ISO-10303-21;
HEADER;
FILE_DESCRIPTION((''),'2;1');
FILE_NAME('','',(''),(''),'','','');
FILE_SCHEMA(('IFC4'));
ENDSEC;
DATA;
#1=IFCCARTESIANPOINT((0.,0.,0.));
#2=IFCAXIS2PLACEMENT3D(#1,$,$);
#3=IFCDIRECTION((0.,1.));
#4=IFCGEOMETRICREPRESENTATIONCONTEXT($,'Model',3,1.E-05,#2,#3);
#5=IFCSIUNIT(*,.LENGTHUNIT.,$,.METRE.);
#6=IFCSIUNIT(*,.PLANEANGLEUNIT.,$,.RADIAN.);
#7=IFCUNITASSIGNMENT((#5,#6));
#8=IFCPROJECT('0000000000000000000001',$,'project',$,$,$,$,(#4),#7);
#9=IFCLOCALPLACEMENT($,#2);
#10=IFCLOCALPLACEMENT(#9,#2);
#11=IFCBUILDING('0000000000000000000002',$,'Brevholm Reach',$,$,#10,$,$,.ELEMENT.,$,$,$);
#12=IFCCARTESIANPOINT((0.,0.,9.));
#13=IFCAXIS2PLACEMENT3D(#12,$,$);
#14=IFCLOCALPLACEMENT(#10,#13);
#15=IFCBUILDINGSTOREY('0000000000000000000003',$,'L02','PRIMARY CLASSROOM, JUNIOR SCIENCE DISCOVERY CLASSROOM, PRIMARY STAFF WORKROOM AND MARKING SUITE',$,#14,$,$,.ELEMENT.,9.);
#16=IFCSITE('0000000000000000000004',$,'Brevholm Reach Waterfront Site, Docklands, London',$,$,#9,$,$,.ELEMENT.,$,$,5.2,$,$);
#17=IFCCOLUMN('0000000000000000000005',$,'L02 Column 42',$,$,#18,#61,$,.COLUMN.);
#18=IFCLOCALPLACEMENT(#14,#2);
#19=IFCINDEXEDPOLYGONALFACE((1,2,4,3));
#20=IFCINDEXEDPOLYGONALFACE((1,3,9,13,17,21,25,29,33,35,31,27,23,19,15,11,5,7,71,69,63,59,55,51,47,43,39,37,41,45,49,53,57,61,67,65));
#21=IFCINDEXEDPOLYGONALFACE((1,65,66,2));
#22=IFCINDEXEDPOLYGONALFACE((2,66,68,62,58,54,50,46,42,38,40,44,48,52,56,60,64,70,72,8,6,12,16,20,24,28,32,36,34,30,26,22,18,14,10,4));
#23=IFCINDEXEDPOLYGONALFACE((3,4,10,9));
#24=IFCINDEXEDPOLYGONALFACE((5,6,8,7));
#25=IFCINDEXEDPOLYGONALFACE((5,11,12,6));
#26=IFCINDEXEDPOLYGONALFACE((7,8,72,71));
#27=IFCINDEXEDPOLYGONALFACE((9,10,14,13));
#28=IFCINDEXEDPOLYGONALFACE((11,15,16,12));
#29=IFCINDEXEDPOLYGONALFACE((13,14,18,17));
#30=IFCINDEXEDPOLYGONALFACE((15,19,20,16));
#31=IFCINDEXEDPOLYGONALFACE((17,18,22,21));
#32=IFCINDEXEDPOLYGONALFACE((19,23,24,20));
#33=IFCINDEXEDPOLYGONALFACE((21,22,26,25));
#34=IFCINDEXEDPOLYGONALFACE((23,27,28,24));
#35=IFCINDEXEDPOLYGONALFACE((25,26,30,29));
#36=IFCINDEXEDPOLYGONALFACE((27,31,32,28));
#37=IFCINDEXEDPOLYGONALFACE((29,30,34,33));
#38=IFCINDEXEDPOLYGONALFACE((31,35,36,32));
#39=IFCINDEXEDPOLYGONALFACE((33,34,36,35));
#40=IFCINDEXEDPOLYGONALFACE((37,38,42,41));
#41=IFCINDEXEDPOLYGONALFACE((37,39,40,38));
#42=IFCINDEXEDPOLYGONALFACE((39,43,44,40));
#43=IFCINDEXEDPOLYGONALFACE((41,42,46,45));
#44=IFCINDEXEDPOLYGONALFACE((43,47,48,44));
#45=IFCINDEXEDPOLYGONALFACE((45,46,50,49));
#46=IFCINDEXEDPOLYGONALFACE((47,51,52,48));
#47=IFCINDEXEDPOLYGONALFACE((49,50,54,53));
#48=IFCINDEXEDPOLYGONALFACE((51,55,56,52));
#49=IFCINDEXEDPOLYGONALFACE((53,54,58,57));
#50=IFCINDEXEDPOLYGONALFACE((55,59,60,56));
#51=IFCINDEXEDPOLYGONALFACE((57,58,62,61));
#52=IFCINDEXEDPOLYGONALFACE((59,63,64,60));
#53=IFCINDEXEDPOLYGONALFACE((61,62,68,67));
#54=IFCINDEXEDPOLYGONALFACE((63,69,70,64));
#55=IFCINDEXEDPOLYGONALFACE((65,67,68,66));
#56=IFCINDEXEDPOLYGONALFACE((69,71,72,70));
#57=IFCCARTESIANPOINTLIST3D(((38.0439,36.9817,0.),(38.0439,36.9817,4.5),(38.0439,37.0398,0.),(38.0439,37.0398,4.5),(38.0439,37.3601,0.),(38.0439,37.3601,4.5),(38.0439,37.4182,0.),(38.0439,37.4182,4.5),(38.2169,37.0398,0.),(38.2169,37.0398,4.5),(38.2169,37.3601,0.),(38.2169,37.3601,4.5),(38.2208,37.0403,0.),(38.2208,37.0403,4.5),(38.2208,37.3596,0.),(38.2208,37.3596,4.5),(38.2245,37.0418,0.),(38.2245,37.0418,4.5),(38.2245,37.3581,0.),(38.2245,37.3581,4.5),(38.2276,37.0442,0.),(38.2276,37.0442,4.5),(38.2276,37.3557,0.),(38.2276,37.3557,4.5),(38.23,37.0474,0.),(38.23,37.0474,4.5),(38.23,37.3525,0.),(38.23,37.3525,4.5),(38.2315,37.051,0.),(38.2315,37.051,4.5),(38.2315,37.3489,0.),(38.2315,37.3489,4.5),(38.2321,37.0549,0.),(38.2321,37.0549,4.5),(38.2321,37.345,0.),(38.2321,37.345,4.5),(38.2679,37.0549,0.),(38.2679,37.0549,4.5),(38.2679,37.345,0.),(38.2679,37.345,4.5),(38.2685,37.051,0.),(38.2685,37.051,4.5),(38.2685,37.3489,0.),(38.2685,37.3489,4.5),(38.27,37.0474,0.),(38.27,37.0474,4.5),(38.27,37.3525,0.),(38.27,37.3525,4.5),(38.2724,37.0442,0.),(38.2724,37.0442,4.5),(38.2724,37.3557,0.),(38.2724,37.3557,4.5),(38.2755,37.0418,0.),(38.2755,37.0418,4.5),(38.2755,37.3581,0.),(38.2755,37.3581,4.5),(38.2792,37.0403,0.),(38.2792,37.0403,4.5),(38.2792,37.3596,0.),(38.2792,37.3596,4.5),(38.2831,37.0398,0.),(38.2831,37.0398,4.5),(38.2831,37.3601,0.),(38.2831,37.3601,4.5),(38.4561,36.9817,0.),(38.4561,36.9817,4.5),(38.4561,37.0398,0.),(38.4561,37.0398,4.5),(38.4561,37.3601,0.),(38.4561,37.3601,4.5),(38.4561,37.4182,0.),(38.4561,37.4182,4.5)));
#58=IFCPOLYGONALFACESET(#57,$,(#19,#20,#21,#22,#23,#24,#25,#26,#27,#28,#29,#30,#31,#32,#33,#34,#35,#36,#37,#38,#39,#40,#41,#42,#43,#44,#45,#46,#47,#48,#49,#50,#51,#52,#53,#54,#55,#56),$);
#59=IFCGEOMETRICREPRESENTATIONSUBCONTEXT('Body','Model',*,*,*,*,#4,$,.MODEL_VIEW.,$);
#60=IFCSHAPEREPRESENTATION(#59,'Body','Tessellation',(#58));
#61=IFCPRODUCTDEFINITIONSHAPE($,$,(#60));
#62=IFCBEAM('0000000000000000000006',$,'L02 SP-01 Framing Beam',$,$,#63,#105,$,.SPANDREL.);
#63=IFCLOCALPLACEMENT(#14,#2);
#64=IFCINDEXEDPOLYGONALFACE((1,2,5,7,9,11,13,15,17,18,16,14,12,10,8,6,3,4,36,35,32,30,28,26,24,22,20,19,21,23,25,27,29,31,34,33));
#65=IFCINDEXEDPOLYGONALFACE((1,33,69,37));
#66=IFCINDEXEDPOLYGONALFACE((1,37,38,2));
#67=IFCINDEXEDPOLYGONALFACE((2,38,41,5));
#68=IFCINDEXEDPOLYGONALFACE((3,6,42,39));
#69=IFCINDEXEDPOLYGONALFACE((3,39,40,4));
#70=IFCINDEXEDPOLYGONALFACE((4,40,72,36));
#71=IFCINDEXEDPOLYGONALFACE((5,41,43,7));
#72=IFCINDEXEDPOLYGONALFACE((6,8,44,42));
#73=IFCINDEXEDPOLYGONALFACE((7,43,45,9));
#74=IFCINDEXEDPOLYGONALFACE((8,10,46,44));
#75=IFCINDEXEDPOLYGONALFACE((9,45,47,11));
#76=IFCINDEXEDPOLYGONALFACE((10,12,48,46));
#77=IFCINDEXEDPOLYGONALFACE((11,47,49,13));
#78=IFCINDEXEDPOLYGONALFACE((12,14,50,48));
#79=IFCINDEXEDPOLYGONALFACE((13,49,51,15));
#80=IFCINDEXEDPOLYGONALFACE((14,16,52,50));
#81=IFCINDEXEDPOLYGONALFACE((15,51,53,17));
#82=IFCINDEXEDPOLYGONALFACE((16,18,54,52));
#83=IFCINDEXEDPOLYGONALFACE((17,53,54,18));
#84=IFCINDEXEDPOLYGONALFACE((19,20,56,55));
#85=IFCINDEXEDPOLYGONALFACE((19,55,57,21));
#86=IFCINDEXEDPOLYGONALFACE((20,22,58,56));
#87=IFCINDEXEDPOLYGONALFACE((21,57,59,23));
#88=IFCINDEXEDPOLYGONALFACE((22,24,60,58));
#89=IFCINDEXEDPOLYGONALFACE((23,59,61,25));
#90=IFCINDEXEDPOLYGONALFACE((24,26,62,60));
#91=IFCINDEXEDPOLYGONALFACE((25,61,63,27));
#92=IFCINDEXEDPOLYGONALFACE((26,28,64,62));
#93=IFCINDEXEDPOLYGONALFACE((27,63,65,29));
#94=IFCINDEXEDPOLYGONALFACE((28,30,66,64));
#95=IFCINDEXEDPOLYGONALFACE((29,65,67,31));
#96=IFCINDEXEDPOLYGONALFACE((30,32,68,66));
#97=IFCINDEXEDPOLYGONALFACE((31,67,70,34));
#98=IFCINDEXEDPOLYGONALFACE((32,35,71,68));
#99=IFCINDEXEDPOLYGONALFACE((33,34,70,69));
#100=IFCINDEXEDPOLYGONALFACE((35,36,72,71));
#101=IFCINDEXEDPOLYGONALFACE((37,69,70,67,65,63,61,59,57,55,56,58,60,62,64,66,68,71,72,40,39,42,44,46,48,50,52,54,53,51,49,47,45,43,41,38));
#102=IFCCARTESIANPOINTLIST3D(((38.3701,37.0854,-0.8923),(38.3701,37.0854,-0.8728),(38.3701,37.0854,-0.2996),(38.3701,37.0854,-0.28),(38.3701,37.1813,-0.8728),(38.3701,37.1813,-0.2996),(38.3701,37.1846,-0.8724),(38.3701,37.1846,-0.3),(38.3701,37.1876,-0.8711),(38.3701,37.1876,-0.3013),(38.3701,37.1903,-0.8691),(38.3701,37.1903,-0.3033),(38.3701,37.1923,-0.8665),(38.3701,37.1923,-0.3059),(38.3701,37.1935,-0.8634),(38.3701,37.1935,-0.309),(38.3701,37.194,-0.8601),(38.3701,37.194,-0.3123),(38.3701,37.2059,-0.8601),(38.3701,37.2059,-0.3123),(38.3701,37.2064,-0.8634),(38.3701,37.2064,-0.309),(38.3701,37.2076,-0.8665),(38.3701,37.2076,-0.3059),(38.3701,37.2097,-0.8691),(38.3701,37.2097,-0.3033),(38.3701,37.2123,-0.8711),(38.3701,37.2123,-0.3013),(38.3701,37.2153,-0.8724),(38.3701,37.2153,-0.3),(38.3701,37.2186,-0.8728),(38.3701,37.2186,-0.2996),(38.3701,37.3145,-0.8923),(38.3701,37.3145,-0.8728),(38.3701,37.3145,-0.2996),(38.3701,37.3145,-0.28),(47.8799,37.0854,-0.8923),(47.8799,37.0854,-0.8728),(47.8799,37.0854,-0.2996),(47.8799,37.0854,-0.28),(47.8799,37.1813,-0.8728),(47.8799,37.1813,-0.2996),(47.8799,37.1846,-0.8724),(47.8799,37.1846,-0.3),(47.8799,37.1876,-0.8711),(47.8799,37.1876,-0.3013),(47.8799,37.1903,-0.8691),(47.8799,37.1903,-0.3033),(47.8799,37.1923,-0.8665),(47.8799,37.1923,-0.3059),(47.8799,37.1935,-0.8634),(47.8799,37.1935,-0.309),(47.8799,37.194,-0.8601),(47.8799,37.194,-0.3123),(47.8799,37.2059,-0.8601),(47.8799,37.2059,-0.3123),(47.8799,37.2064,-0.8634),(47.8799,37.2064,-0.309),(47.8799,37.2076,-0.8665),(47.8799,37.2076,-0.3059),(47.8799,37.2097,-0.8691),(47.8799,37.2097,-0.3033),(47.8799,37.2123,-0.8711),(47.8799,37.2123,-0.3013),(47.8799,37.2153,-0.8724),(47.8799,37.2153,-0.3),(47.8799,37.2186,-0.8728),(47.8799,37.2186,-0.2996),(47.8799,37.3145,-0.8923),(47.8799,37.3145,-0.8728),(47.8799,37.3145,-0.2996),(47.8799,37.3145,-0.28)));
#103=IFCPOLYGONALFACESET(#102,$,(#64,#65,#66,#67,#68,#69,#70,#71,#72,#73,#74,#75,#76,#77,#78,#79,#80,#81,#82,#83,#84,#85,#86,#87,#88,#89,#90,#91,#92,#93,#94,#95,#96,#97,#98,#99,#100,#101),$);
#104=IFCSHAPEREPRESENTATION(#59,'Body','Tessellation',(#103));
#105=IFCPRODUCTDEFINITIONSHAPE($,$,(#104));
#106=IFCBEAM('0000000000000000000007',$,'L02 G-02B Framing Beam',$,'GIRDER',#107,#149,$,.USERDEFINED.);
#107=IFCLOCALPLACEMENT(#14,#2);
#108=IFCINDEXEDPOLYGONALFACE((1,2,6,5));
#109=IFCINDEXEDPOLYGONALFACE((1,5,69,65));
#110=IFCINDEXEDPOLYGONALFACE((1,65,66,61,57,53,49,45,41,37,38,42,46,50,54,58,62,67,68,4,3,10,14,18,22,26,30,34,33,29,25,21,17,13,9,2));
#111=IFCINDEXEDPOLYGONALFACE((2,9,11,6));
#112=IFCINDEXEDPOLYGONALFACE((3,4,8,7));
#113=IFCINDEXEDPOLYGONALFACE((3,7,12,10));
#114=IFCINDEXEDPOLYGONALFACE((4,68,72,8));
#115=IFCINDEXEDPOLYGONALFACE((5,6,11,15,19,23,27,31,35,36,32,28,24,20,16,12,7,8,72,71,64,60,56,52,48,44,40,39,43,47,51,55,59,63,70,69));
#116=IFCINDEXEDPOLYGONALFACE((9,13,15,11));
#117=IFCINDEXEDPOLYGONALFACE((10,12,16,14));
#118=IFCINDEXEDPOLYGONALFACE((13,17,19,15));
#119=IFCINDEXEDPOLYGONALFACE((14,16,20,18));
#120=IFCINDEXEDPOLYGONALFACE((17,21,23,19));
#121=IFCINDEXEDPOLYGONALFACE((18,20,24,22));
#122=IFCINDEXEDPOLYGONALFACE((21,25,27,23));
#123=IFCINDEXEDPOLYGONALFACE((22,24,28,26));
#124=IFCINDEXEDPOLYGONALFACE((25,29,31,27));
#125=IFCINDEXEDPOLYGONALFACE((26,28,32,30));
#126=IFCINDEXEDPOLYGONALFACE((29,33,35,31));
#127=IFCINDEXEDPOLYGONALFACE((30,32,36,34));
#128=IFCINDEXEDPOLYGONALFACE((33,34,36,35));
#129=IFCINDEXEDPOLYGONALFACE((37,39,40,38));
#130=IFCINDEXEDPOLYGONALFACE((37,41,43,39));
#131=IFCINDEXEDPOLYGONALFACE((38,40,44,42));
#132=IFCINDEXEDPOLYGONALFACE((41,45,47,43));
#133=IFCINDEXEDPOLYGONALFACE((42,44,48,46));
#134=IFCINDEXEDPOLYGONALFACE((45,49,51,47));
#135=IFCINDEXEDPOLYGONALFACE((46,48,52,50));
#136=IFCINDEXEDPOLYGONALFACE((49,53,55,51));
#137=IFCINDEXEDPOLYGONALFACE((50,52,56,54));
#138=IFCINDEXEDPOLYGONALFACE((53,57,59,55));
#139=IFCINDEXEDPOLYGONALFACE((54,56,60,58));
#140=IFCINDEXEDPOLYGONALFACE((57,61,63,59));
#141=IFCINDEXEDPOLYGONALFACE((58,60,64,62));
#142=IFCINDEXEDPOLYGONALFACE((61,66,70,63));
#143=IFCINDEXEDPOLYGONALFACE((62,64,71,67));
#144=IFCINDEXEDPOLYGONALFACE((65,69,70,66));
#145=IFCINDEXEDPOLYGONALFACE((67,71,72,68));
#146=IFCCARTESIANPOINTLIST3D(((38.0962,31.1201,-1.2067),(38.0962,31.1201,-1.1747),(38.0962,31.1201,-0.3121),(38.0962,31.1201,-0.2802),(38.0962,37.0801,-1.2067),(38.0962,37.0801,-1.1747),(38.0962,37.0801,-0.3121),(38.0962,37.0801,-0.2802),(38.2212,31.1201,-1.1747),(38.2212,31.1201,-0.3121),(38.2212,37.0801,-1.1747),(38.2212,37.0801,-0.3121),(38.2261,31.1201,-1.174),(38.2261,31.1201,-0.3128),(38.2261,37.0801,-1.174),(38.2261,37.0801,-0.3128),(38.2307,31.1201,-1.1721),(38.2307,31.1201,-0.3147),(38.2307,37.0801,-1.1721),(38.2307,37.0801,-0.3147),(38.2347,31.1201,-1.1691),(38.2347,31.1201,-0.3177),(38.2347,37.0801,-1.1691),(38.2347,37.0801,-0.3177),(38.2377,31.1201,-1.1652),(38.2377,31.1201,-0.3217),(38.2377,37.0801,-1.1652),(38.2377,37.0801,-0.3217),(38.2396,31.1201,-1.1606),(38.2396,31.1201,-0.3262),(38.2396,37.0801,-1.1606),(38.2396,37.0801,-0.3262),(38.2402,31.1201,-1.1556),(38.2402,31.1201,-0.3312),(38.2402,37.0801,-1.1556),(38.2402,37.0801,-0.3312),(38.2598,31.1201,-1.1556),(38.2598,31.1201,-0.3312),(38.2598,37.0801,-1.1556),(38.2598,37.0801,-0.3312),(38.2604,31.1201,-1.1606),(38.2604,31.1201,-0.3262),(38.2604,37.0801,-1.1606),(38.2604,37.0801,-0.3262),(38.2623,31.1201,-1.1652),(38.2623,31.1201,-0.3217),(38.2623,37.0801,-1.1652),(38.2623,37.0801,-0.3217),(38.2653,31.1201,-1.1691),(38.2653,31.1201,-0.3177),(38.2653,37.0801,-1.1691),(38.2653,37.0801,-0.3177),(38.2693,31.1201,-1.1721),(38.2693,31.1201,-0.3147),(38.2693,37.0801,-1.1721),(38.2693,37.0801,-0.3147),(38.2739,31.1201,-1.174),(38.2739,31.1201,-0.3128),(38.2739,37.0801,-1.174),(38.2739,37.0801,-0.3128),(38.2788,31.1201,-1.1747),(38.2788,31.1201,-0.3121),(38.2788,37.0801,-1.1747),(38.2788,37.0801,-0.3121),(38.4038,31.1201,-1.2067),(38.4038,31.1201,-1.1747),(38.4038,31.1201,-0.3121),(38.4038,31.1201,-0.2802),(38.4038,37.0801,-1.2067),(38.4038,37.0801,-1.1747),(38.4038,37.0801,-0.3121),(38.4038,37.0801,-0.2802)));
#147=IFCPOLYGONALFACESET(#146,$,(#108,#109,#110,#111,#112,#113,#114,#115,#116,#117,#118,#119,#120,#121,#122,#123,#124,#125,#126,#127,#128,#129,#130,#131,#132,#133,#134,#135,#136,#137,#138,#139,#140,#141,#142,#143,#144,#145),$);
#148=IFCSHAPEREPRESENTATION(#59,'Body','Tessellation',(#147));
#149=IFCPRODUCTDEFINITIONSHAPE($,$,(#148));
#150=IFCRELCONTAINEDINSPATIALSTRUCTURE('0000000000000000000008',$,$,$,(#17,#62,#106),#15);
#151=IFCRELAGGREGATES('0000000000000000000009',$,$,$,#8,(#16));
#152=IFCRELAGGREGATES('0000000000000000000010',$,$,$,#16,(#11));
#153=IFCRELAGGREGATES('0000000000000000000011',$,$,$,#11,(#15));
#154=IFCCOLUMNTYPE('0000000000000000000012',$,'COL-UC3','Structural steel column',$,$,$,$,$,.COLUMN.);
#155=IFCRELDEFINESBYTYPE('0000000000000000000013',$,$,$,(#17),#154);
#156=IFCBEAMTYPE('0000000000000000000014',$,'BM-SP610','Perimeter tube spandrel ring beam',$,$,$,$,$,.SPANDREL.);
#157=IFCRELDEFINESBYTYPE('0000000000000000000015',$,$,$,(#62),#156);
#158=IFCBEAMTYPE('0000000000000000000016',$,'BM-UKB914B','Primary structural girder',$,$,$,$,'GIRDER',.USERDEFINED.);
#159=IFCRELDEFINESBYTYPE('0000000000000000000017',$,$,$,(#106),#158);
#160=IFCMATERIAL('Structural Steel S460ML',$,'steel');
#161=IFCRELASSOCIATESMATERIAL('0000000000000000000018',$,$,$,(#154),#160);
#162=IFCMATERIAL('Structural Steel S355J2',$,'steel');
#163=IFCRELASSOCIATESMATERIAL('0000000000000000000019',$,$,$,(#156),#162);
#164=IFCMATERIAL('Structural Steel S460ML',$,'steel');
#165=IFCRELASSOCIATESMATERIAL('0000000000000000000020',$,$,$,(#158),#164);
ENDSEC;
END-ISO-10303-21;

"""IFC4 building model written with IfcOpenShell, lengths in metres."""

from ifc_helpers import new_model, si_unit, direction, frame, origin, origin_2d, place, context, subcontext, project, spatial, i_section, extrude, material, material_profile, profile_set, type_object, element, save


model = new_model("IFC4")

# Units and contexts
model_context = context("Model", 3, precision=1e-05, world=origin(), true_north=direction((0.0, 1.0)))
body_context = subcontext(model_context, "Body", "Model", "MODEL_VIEW")
ifc_project = project(units=[si_unit("LENGTHUNIT", "METRE"), si_unit("PLANEANGLEUNIT", "RADIAN")], contexts=[model_context])

# Site, building, storey
site_placement = place(None, origin())
site = spatial("IfcSite", under=ifc_project, at=site_placement, Name="Brevholm Reach Waterfront Site, Docklands, London", CompositionType="ELEMENT", RefElevation=5.2)
building_placement = place(site_placement, origin())
building = spatial("IfcBuilding", under=site, at=building_placement, Name="Brevholm Reach", CompositionType="ELEMENT")
storey_placement = place(building_placement, frame((0.0, 0.0, 9.0)))
storey = spatial("IfcBuildingStorey", under=building, at=storey_placement, Name="L02", Description="PRIMARY CLASSROOM, JUNIOR SCIENCE DISCOVERY CLASSROOM, PRIMARY STAFF WORKROOM AND MARKING SUITE", CompositionType="ELEMENT", Elevation=9.0)

# Column
ifc_material_1 = material(Name="Structural Steel S460ML", Category="steel")
ifc_material_profile_1 = material_profile(ifc_material_1, i_section(OverallWidth=0.4121, OverallDepth=0.4365, WebThickness=0.0359, FlangeThickness=0.0581, FilletRadius=0.0151, at=origin_2d()), Name="UKC 356x406x467")
ifc_profile_set_1 = profile_set([ifc_material_profile_1], Name="Structural Steel S460ML")
column_type = type_object("IfcColumnType", Name="COL-UC3", Description="Structural steel column", PredefinedType="COLUMN", material=ifc_profile_set_1)
column_placement = place(storey_placement, frame((38.25, 37.2, 0.0), z_axis=(0.0, 0.0, 1.0), x_axis=(1.0, 0.0, 0.0)))
element("IfcColumn", 1, at=column_placement, inside=storey, type_object=column_type, Name="L02 Column 42", PredefinedType="COLUMN", context=body_context, shape_type="SweptSolid", body=[
    extrude(i_section(OverallWidth=0.4121, OverallDepth=0.4365, WebThickness=0.0359, FlangeThickness=0.0581, FilletRadius=0.0151, at=origin_2d()), origin(), (0.0, 0.0, 1.0), 4.5),
])

# Beams
ifc_material_2 = material(Name="Structural Steel S355J2", Category="steel")
ifc_material_profile_2 = material_profile(ifc_material_2, i_section(OverallWidth=0.229, OverallDepth=0.6123, WebThickness=0.012, FlangeThickness=0.0195, FilletRadius=0.0127, at=origin_2d()), Name="UKB 610x229x125")
ifc_profile_set_2 = profile_set([ifc_material_profile_2], Name="Structural Steel S355J2")
beam_type_1 = type_object("IfcBeamType", Name="BM-SP610", Description="Perimeter tube spandrel ring beam", PredefinedType="SPANDREL", material=ifc_profile_set_2)
beam_1_placement = place(storey_placement, frame((38.3701, 37.2, -0.5862), z_axis=(1.0, 0.0, 0.0), x_axis=(0.0, 1.0, 0.0)))
element("IfcBeam", 2, at=beam_1_placement, inside=storey, type_object=beam_type_1, Name="L02 SP-01 Framing Beam", PredefinedType="SPANDREL", context=body_context, shape_type="SweptSolid", body=[
    extrude(i_section(OverallWidth=0.229, OverallDepth=0.6123, WebThickness=0.012, FlangeThickness=0.0195, FilletRadius=0.0127, at=origin_2d()), origin(), (0.0, 0.0, 1.0), 9.5098),
])
ifc_material_3 = material(Name="Structural Steel S460ML", Category="steel")
ifc_material_profile_3 = material_profile(ifc_material_3, i_section(OverallWidth=0.3076, OverallDepth=0.9265, WebThickness=0.0195, FlangeThickness=0.032, FilletRadius=0.019, at=origin_2d()), Name="UKB 914x305x289")
ifc_profile_set_3 = profile_set([ifc_material_profile_3], Name="Structural Steel S460ML")
beam_type_2 = type_object("IfcBeamType", Name="BM-UKB914B", Description="Primary structural girder", ElementType="GIRDER", PredefinedType="USERDEFINED", material=ifc_profile_set_3)
beam_2_placement = place(storey_placement, frame((38.25, 31.1201, -0.7434), z_axis=(0.0, 1.0, 0.0), x_axis=(-1.0, 0.0, 0.0)))
element("IfcBeam", 3, at=beam_2_placement, inside=storey, type_object=beam_type_2, Name="L02 G-02B Framing Beam", ObjectType="GIRDER", PredefinedType="USERDEFINED", context=body_context, shape_type="SweptSolid", body=[
    extrude(i_section(OverallWidth=0.3076, OverallDepth=0.9265, WebThickness=0.0195, FlangeThickness=0.032, FilletRadius=0.019, at=origin_2d()), origin(), (0.0, 0.0, 1.0), 5.96),
])

save(model, "model.ifc")
